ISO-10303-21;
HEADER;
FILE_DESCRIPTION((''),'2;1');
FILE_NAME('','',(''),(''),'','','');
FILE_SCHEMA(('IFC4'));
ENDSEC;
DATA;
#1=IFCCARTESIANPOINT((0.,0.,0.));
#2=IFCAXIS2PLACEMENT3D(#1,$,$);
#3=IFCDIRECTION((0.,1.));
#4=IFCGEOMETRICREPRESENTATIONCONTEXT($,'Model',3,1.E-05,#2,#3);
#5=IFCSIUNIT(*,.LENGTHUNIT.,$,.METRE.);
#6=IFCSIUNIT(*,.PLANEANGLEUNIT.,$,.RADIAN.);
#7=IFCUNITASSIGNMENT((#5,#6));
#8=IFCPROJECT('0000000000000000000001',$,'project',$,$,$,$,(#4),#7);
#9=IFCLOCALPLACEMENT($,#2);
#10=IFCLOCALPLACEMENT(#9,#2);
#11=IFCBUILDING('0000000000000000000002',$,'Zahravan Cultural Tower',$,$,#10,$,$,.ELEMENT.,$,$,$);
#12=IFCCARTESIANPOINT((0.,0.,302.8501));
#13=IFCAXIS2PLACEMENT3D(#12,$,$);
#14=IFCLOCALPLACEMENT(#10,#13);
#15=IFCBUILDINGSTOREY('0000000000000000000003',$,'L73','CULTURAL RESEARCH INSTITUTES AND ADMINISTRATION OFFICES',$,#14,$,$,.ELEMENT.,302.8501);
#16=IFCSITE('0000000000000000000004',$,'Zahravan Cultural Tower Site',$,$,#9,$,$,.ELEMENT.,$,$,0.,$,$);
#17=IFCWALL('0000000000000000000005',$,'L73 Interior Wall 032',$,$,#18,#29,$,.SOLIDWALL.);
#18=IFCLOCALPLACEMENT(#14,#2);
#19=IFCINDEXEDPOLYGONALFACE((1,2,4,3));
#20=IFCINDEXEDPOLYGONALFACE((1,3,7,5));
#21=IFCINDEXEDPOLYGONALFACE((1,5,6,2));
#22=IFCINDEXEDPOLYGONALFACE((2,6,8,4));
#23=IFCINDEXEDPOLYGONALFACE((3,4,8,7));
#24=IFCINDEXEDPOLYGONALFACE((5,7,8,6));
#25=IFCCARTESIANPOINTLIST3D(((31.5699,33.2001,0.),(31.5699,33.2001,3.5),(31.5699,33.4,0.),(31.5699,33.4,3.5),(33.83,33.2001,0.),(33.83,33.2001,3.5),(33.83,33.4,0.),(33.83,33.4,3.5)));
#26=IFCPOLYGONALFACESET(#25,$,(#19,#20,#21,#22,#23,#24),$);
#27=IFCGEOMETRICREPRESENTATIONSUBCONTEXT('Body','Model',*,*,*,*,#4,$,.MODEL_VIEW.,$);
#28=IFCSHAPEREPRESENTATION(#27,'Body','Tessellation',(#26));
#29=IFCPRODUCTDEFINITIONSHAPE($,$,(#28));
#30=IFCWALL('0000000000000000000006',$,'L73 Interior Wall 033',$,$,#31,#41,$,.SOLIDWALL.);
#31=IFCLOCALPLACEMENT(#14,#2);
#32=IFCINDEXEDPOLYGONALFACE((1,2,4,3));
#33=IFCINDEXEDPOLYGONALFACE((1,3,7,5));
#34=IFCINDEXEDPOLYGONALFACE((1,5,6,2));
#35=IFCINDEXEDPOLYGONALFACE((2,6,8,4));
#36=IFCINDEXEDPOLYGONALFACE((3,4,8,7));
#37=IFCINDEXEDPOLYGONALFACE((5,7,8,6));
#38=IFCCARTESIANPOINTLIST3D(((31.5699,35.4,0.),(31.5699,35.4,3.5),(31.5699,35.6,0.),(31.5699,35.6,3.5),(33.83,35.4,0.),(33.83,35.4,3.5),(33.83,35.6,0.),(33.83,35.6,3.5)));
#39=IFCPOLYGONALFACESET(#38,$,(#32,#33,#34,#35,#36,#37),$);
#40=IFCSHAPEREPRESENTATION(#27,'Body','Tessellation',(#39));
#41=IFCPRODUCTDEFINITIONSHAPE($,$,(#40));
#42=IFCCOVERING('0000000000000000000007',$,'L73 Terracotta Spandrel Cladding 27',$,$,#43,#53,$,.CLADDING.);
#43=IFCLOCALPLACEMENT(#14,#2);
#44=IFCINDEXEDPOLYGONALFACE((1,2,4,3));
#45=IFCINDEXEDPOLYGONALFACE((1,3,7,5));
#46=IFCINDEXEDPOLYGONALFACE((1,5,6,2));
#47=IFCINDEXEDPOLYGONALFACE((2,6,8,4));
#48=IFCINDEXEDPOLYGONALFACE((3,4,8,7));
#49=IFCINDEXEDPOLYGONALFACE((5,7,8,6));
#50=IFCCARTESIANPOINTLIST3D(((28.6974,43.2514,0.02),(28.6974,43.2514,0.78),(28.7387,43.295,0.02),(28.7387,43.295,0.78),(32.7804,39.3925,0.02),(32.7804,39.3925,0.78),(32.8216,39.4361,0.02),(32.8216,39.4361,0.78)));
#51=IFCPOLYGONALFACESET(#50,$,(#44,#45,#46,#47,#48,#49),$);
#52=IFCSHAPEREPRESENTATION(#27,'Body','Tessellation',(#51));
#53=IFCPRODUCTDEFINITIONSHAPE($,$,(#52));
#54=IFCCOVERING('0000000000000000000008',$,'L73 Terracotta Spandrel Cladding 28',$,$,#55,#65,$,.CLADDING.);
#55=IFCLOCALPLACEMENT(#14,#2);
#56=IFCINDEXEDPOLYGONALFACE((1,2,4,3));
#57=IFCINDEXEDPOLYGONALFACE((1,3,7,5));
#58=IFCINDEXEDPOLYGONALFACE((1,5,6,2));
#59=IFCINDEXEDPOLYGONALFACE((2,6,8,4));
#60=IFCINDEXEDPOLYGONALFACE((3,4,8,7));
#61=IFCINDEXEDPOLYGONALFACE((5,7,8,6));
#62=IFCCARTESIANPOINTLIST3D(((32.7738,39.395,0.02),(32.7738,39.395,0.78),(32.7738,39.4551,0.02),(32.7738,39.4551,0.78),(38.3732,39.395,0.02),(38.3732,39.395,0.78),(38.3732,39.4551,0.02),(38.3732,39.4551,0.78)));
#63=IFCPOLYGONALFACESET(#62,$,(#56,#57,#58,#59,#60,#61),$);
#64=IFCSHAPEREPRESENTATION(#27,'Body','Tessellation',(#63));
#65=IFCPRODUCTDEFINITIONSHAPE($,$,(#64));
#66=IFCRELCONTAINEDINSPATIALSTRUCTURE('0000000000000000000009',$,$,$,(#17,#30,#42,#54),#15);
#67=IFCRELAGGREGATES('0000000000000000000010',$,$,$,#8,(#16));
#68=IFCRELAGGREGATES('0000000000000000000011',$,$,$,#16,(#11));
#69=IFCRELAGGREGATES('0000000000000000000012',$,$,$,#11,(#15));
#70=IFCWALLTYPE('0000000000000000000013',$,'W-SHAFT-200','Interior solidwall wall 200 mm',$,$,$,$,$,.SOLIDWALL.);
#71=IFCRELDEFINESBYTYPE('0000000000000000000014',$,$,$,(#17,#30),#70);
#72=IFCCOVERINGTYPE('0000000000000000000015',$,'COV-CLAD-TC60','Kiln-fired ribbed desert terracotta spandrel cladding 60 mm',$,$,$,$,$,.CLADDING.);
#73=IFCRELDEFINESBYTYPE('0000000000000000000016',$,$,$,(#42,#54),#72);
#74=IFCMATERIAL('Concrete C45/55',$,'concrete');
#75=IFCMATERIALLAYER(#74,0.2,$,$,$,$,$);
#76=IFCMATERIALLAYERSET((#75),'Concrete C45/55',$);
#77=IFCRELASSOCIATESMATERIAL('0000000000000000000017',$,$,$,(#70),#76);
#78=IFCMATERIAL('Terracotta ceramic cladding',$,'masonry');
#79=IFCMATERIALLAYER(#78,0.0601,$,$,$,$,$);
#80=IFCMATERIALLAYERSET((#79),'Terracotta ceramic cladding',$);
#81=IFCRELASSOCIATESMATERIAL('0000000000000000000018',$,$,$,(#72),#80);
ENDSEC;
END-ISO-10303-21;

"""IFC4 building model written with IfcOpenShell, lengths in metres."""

from ifc_helpers import new_model, si_unit, direction, frame, frame_2d, origin, origin_2d, place, context, subcontext, project, spatial, rectangle, extrude, source, transform, mapped, material, layer, layer_set, type_object, element, save


model = new_model("IFC4")

# Units and contexts
model_context = context("Model", 3, precision=1e-05, world=origin(), true_north=direction((0.0, 1.0)))
body_context = subcontext(model_context, "Body", "Model", "MODEL_VIEW")
ifc_project = project(units=[si_unit("LENGTHUNIT", "METRE"), si_unit("PLANEANGLEUNIT", "RADIAN")], contexts=[model_context])

# Site, building, storey
site_placement = place(None, origin())
site = spatial("IfcSite", under=ifc_project, at=site_placement, Name="Zahravan Cultural Tower Site", CompositionType="ELEMENT", RefElevation=0.0)
building_placement = place(site_placement, origin())
building = spatial("IfcBuilding", under=site, at=building_placement, Name="Zahravan Cultural Tower", CompositionType="ELEMENT")
storey_placement = place(building_placement, frame((0.0, 0.0, 302.8501)))
storey = spatial("IfcBuildingStorey", under=building, at=storey_placement, Name="L73", Description="CULTURAL RESEARCH INSTITUTES AND ADMINISTRATION OFFICES", CompositionType="ELEMENT", Elevation=302.8501)

# Shared definitions
ifc_material_1 = material(Name="Concrete C45/55", Category="concrete")

# Shared definitions
ifc_layer_1 = layer(ifc_material_1, 0.2)
ifc_layer_set_1 = layer_set([ifc_layer_1], Name="Concrete C45/55")
wall_type_1 = type_object("IfcWallType", Name="W-SHAFT-200", Description="Interior solidwall wall 200 mm", PredefinedType="SOLIDWALL", material=ifc_layer_set_1)

# Walls
shared_shape_1 = source(origin(), body_context, "Body", "SweptSolid", [
    extrude(rectangle(XDim=2.26, YDim=0.2, at=frame_2d((1.1299, 0.0))), origin(), (0.0, 0.0, 1.0), 3.5),
])
for number, where, z_axis, x_axis, name in (
    (1, (31.5701, 33.3, 0.0), (0.0, 0.0, 1.0), (1.0, 0.0, 0.0), "L73 Interior Wall 032"),
    (2, (31.5701, 35.5, 0.0), (0.0, 0.0, 1.0), (1.0, 0.0, 0.0), "L73 Interior Wall 033"),
):
    element("IfcWall", number, at=place(storey_placement, frame(where, z_axis=z_axis, x_axis=x_axis)), inside=storey, type_object=wall_type_1, Name=name, PredefinedType="SOLIDWALL", context=body_context, shape_type="MappedRepresentation", body=[
        mapped(shared_shape_1, transform((0.0, 0.0, 0.0), x_axis=(1.0, 0.0, 0.0), y_axis=(0.0, 1.0, 0.0), z_axis=(0.0, 0.0, 1.0), scale=1.0)),
    ])

# Coverings
ifc_material_2 = material(Name="Terracotta ceramic cladding", Category="masonry")
ifc_layer_2 = layer(ifc_material_2, 0.0601)
ifc_layer_set_2 = layer_set([ifc_layer_2], Name="Terracotta ceramic cladding")
covering_type = type_object("IfcCoveringType", Name="COV-CLAD-TC60", Description="Kiln-fired ribbed desert terracotta spandrel cladding 60 mm", PredefinedType="CLADDING", material=ifc_layer_set_2)
shared_shape_2 = source(origin(), body_context, "Body", "SweptSolid", [
    extrude(rectangle(XDim=5.6179, YDim=0.0601, at=origin_2d()), origin(), (0.0, 0.0, 1.0), 0.76),
])
covering_1_placement = place(storey_placement, frame((30.7595, 41.3438, 0.02), z_axis=(0.0, 0.0, 1.0), x_axis=(0.726767, -0.686885, 0.0)))
element("IfcCovering", 3, at=covering_1_placement, inside=storey, type_object=covering_type, Name="L73 Terracotta Spandrel Cladding 27", PredefinedType="CLADDING", context=body_context, shape_type="MappedRepresentation", body=[
    mapped(shared_shape_2, transform((0.0, 0.0, 0.0), x_axis=(1.0, 0.0, 0.0), y_axis=(0.0, 1.0, 0.0), z_axis=(0.0, 0.0, 1.0), scale=1.0)),
])
shared_shape_3 = source(origin(), body_context, "Body", "SweptSolid", [
    extrude(rectangle(XDim=5.5994, YDim=0.0601, at=origin_2d()), origin(), (0.0, 0.0, 1.0), 0.76),
])
covering_2_placement = place(storey_placement, frame((35.5735, 39.425, 0.02), z_axis=(0.0, 0.0, 1.0), x_axis=(1.0, 0.0, 0.0)))
element("IfcCovering", 4, at=covering_2_placement, inside=storey, type_object=covering_type, Name="L73 Terracotta Spandrel Cladding 28", PredefinedType="CLADDING", context=body_context, shape_type="MappedRepresentation", body=[
    mapped(shared_shape_3, transform((0.0, 0.0, 0.0), x_axis=(1.0, 0.0, 0.0), y_axis=(0.0, 1.0, 0.0), z_axis=(0.0, 0.0, 1.0), scale=1.0)),
])

save(model, "model.ifc")
